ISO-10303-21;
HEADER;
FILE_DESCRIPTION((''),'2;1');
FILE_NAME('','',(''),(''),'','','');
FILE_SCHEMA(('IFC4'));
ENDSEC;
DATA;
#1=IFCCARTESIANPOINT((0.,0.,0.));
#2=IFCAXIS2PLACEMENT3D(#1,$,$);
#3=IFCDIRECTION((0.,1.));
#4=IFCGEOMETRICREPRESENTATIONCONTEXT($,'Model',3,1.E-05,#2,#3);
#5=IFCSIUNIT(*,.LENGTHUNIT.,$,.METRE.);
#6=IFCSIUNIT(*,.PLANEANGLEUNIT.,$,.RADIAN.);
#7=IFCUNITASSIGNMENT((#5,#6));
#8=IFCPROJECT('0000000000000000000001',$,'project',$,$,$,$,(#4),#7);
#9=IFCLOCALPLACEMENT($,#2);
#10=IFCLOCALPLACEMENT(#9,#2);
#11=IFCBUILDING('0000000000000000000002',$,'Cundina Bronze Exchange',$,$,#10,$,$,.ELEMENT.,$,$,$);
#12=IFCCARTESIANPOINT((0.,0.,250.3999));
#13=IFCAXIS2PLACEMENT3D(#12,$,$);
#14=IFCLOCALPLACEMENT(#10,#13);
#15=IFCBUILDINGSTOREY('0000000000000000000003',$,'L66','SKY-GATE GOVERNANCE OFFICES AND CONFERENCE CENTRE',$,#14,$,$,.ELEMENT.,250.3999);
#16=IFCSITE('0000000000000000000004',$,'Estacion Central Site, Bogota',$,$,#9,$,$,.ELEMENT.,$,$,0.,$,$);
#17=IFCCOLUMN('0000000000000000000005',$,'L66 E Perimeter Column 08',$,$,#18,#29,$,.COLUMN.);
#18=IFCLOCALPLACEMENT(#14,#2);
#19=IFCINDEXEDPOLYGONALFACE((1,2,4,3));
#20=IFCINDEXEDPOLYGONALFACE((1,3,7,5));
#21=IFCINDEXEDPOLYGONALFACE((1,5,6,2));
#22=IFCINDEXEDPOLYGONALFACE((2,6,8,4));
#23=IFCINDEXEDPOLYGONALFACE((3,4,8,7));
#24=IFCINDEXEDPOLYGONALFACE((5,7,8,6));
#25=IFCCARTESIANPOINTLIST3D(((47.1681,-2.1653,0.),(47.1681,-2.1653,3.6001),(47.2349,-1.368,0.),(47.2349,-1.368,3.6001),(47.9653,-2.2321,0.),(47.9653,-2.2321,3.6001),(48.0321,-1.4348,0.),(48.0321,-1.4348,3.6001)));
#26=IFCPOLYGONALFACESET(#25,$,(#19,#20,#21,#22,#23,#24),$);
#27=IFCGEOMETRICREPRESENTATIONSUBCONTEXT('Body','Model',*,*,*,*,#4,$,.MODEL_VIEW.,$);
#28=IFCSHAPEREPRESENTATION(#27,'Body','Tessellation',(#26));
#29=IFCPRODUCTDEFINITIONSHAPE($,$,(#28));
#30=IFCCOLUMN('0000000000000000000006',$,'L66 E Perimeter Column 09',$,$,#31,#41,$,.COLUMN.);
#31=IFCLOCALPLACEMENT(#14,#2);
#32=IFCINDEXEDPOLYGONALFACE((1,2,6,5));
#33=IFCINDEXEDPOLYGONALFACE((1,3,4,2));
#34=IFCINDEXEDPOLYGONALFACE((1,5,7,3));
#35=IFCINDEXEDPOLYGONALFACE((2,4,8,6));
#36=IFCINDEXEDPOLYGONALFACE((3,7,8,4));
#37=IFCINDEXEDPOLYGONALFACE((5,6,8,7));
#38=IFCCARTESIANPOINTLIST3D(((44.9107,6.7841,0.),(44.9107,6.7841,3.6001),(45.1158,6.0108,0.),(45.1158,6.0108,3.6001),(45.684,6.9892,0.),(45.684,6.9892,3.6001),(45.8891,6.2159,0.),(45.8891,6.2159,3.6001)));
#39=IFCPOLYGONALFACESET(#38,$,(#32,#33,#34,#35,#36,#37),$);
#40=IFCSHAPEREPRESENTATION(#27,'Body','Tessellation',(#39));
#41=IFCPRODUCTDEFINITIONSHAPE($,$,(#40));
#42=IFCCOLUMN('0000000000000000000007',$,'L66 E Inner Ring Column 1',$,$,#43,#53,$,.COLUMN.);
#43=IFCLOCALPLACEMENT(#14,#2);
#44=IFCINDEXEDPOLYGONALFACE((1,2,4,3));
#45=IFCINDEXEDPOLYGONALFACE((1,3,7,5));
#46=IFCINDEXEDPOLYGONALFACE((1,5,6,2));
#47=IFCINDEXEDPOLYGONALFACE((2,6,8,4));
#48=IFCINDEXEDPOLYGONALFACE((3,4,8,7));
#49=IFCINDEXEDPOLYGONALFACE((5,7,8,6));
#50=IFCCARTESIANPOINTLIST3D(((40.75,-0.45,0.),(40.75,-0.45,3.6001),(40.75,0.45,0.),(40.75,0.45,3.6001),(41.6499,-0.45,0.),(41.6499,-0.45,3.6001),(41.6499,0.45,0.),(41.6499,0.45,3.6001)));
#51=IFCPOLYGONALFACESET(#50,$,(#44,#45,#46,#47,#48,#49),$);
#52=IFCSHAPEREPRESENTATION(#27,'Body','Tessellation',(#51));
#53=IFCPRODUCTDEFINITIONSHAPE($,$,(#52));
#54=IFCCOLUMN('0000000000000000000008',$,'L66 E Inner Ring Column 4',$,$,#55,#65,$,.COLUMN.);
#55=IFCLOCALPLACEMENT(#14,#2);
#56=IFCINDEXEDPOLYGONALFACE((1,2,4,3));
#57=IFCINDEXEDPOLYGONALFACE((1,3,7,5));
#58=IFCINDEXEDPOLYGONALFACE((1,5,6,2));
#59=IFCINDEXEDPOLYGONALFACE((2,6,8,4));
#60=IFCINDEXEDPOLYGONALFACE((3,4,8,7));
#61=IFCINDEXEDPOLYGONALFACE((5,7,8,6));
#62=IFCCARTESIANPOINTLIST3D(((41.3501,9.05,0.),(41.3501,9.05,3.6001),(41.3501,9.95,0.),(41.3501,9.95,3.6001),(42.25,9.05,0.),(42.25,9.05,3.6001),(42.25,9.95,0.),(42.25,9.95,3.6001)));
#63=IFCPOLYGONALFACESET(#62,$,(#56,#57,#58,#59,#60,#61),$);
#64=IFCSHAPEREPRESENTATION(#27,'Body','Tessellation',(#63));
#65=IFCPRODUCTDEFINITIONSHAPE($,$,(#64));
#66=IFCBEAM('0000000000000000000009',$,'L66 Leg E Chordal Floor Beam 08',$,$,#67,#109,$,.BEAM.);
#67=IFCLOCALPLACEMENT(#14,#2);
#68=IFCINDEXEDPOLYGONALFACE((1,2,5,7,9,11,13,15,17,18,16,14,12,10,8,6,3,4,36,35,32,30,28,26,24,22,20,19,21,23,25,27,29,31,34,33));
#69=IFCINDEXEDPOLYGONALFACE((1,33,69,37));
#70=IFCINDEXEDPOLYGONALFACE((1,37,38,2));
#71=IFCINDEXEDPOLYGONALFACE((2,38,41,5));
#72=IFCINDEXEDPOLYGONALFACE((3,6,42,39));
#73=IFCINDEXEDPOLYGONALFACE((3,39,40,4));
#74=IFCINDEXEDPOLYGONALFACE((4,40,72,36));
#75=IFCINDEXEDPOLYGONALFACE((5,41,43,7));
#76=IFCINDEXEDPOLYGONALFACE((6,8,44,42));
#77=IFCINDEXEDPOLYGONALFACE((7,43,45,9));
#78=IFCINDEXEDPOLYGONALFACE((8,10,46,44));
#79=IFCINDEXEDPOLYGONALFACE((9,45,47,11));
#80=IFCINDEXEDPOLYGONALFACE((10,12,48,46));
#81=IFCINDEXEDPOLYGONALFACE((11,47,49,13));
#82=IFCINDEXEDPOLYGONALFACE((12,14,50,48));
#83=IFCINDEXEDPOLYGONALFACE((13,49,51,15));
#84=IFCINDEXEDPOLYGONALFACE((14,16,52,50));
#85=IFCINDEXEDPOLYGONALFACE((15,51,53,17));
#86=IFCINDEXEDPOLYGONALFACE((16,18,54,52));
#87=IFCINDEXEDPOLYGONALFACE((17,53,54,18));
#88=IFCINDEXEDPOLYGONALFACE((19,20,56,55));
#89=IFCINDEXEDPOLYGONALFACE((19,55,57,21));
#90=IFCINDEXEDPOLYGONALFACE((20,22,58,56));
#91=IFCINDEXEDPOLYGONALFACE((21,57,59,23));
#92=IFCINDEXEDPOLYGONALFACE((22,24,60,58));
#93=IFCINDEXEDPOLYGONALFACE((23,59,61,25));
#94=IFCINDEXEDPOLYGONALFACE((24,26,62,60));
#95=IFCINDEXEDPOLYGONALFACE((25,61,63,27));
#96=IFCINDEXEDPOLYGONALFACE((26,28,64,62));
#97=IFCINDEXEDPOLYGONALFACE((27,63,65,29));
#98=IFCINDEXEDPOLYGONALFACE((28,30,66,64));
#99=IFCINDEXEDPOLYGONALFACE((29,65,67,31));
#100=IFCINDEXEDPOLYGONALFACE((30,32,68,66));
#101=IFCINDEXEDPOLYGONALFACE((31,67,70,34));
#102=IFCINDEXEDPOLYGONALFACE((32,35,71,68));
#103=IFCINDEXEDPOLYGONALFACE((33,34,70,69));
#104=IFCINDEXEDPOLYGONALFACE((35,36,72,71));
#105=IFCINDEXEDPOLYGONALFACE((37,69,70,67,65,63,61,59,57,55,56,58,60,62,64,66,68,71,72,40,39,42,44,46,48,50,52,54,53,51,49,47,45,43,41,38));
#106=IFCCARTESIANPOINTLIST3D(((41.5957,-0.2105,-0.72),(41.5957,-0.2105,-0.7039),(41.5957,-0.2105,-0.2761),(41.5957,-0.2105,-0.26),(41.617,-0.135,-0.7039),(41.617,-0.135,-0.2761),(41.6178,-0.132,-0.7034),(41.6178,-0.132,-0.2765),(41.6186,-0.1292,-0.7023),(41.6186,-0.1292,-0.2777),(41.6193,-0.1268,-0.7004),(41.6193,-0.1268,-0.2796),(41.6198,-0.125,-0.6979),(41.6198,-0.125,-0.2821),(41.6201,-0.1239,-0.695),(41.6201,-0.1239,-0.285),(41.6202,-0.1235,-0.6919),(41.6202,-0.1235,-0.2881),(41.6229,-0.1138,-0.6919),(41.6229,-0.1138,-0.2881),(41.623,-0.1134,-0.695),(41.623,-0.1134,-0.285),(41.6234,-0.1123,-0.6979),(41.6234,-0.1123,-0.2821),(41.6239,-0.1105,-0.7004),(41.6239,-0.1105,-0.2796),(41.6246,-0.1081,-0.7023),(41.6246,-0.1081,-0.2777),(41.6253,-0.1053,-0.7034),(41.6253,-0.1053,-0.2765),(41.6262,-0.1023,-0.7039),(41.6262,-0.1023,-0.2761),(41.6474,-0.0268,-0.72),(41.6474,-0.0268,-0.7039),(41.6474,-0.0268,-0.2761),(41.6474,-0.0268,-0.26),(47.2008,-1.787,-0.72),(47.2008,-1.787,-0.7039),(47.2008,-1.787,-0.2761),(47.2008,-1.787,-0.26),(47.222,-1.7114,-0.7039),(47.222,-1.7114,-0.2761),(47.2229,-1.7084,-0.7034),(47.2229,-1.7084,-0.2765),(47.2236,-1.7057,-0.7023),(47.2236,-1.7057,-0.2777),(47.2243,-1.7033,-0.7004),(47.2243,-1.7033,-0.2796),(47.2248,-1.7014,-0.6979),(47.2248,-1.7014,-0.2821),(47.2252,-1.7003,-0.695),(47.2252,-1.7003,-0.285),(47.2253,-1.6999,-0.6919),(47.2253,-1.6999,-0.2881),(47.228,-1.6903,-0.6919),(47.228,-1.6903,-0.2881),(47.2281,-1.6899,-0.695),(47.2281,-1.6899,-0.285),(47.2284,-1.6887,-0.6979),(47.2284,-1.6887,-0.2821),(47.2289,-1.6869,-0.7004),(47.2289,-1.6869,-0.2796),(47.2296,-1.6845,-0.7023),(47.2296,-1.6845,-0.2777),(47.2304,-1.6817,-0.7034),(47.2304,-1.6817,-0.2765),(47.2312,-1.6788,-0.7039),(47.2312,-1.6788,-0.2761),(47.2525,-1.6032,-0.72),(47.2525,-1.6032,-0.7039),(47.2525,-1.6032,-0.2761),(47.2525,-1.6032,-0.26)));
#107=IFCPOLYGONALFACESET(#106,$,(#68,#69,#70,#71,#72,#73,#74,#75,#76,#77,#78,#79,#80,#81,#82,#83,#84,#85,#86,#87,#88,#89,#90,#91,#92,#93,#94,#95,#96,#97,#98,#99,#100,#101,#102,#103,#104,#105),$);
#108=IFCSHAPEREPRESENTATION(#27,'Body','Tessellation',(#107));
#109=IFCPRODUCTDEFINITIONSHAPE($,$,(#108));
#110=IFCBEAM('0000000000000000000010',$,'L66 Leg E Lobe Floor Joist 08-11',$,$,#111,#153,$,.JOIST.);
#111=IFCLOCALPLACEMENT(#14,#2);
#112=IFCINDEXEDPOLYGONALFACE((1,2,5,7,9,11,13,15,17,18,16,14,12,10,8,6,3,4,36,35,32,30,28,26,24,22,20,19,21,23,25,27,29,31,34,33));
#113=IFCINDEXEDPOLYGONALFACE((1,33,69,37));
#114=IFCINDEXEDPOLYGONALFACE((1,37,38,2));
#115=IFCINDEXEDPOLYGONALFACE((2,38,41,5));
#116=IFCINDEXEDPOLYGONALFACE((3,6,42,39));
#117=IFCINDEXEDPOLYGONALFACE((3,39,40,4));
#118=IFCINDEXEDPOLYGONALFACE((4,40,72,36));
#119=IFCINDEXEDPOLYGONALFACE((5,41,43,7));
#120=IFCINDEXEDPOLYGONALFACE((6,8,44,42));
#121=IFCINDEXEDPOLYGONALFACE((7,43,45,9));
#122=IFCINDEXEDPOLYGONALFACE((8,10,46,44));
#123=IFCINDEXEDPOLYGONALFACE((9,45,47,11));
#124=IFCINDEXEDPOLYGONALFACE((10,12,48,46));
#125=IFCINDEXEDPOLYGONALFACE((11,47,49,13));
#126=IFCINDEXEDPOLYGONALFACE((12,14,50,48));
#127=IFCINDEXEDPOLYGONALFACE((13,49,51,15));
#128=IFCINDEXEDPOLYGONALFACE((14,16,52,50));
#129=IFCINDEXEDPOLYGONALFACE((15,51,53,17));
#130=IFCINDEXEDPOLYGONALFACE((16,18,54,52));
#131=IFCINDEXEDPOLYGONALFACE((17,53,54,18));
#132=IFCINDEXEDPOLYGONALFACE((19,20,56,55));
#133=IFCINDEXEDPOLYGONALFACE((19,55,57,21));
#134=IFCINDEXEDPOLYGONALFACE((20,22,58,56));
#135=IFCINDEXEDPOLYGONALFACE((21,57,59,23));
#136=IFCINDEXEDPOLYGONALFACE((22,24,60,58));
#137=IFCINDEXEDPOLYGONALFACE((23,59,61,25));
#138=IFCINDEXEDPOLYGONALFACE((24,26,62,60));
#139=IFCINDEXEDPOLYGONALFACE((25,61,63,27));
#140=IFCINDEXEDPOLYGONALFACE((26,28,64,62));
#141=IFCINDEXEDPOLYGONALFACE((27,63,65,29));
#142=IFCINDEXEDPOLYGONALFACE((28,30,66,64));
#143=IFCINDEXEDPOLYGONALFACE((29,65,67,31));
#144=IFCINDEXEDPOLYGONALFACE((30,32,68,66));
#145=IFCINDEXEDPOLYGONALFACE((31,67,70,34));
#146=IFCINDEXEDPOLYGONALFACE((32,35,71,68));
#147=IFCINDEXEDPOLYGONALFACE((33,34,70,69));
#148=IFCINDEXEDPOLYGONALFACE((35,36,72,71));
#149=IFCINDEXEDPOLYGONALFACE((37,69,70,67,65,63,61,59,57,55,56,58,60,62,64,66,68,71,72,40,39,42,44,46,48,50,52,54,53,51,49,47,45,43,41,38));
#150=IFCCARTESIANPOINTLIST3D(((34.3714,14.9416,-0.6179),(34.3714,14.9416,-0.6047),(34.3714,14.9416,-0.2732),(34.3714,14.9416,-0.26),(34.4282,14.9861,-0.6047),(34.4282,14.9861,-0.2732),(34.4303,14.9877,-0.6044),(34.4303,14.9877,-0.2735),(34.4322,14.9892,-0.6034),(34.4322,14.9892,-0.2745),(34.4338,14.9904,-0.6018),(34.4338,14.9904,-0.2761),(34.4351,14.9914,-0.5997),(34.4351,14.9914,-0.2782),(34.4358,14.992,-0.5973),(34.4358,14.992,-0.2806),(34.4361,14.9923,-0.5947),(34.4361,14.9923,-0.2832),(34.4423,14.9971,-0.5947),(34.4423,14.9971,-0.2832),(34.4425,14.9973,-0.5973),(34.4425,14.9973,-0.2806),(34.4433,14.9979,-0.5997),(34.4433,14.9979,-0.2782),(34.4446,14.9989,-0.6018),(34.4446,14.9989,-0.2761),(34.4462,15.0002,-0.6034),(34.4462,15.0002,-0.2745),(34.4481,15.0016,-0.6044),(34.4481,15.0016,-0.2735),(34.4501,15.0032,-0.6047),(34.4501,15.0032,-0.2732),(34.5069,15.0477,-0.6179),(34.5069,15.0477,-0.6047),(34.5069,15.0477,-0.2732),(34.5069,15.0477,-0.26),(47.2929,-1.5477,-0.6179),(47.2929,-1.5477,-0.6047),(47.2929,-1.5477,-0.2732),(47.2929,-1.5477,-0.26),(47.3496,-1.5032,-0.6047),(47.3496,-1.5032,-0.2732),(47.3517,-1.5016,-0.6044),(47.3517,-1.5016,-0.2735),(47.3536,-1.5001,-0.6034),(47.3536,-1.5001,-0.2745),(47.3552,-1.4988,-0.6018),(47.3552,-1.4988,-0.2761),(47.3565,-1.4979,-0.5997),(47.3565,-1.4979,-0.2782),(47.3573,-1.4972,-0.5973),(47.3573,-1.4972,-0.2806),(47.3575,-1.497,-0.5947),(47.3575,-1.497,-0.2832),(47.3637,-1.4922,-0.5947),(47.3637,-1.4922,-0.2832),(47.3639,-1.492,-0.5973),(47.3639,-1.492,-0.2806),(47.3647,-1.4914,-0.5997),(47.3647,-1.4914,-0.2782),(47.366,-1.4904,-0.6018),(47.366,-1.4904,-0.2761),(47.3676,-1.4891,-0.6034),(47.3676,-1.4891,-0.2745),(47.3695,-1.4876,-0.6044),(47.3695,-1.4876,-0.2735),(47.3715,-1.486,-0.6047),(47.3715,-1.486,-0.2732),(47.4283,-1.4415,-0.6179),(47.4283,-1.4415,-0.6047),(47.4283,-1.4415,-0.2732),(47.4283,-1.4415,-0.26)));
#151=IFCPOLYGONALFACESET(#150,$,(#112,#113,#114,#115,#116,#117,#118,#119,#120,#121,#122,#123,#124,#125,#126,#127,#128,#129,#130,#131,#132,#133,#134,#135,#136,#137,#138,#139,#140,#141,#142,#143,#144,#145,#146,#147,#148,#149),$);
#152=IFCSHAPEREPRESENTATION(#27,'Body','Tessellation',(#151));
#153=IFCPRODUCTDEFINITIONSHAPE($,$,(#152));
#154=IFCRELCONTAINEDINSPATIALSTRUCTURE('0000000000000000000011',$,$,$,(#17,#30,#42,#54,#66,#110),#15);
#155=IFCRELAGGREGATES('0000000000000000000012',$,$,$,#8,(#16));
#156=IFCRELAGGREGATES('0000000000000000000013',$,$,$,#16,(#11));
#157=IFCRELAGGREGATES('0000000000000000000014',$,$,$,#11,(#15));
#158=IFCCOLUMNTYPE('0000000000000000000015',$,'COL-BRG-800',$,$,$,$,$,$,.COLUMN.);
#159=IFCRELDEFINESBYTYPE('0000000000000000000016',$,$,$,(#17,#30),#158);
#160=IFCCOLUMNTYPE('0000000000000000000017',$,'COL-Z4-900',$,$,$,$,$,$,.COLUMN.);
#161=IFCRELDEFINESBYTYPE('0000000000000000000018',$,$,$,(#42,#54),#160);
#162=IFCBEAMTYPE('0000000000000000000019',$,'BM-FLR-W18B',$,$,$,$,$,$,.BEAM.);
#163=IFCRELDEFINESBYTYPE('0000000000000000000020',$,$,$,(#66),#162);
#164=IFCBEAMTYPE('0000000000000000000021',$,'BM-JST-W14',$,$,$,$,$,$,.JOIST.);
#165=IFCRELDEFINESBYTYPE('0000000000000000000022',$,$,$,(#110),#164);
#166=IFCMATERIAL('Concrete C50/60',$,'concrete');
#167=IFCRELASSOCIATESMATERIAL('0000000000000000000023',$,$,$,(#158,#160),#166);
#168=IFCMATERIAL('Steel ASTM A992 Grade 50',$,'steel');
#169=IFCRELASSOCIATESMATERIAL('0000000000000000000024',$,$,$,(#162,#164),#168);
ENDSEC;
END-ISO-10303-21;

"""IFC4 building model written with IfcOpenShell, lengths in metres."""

from ifc_helpers import new_model, si_unit, direction, frame, origin, origin_2d, place, context, subcontext, project, spatial, rectangle, i_section, extrude, material, material_profile, profile_set, type_object, element, save


model = new_model("IFC4")

# Units and contexts
model_context = context("Model", 3, precision=1e-05, world=origin(), true_north=direction((0.0, 1.0)))
body_context = subcontext(model_context, "Body", "Model", "MODEL_VIEW")
ifc_project = project(units=[si_unit("LENGTHUNIT", "METRE"), si_unit("PLANEANGLEUNIT", "RADIAN")], contexts=[model_context])

# Site, building, storey
site_placement = place(None, origin())
site = spatial("IfcSite", under=ifc_project, at=site_placement, Name="Estacion Central Site, Bogota", CompositionType="ELEMENT", RefElevation=0.0)
building_placement = place(site_placement, origin())
building = spatial("IfcBuilding", under=site, at=building_placement, Name="Cundina Bronze Exchange", CompositionType="ELEMENT")
storey_placement = place(building_placement, frame((0.0, 0.0, 250.3999)))
storey = spatial("IfcBuildingStorey", under=building, at=storey_placement, Name="L66", Description="SKY-GATE GOVERNANCE OFFICES AND CONFERENCE CENTRE", CompositionType="ELEMENT", Elevation=250.3999)

# Columns
ifc_material_1 = material(Name="Concrete C50/60", Category="concrete")
ifc_material_profile_1 = material_profile(ifc_material_1, rectangle(XDim=0.8, YDim=0.8, at=origin_2d()), Name="RC800X800", Category="concrete")
ifc_profile_set_1 = profile_set([ifc_material_profile_1], Name="Concrete C50/60")
column_type_1 = type_object("IfcColumnType", Name="COL-BRG-800", PredefinedType="COLUMN", material=ifc_profile_set_1)
for number, where, z_axis, x_axis, name in (
    (1, (47.6001, -1.8, 0.0), (0.0, 0.0, 1.0), (0.083504, 0.996507, 0.0), "L66 E Perimeter Column 08"),
    (2, (45.3999, 6.5, 0.0), (0.0, 0.0, 1.0), (-0.256289, 0.9666, 0.0), "L66 E Perimeter Column 09"),
):
    element("IfcColumn", number, at=place(storey_placement, frame(where, z_axis=z_axis, x_axis=x_axis)), inside=storey, type_object=column_type_1, Name=name, PredefinedType="COLUMN", context=body_context, shape_type="SweptSolid", body=[
        extrude(rectangle(XDim=0.8, YDim=0.8, at=origin_2d()), origin(), (0.0, 0.0, 1.0), 3.6001),
    ])
ifc_material_profile_2 = material_profile(ifc_material_1, rectangle(XDim=0.8999, YDim=0.8999, at=origin_2d()), Name="RC900X900", Category="concrete")
ifc_profile_set_2 = profile_set([ifc_material_profile_2], Name="Concrete C50/60")
column_type_2 = type_object("IfcColumnType", Name="COL-Z4-900", PredefinedType="COLUMN", material=ifc_profile_set_2)
for number, where, z_axis, x_axis, name in (
    (3, (41.2, 0.0, 0.0), (0.0, 0.0, 1.0), (1.0, 0.0, 0.0), "L66 E Inner Ring Column 1"),
    (4, (41.8, 9.5, 0.0), (0.0, 0.0, 1.0), (1.0, 0.0, 0.0), "L66 E Inner Ring Column 4"),
):
    element("IfcColumn", number, at=place(storey_placement, frame(where, z_axis=z_axis, x_axis=x_axis)), inside=storey, type_object=column_type_2, Name=name, PredefinedType="COLUMN", context=body_context, shape_type="SweptSolid", body=[
        extrude(rectangle(XDim=0.8999, YDim=0.8999, at=origin_2d()), origin(), (0.0, 0.0, 1.0), 3.6001),
    ])

# Beams
ifc_material_2 = material(Name="Steel ASTM A992 Grade 50", Category="steel")
ifc_material_profile_3 = material_profile(ifc_material_2, i_section(OverallWidth=0.1909, OverallDepth=0.46, WebThickness=0.01, FlangeThickness=0.0161, FilletRadius=0.012, at=origin_2d()), Name="W18X55", Category="steel")
ifc_profile_set_3 = profile_set([ifc_material_profile_3], Name="Steel ASTM A992 Grade 50")
beam_type_1 = type_object("IfcBeamType", Name="BM-FLR-W18B", PredefinedType="BEAM", material=ifc_profile_set_3)
beam_1_placement = place(storey_placement, frame((41.6216, -0.1187, -0.49), z_axis=(0.96265, -0.270748, 0.0), x_axis=(0.270748, 0.96265, 0.0)))
element("IfcBeam", 5, at=beam_1_placement, inside=storey, type_object=beam_type_1, Name="L66 Leg E Chordal Floor Beam 08", PredefinedType="BEAM", context=body_context, shape_type="SweptSolid", body=[
    extrude(i_section(OverallWidth=0.1909, OverallDepth=0.46, WebThickness=0.01, FlangeThickness=0.0161, FilletRadius=0.012, at=origin_2d()), origin(), (0.0, 0.0, 1.0), 5.8225),
])
ifc_material_profile_4 = material_profile(ifc_material_2, i_section(OverallWidth=0.1721, OverallDepth=0.3579, WebThickness=0.0078, FlangeThickness=0.0132, FilletRadius=0.01, at=origin_2d()), Name="W14X38", Category="steel")
ifc_profile_set_4 = profile_set([ifc_material_profile_4], Name="Steel ASTM A992 Grade 50")
beam_type_2 = type_object("IfcBeamType", Name="BM-JST-W14", PredefinedType="JOIST", material=ifc_profile_set_4)
beam_2_placement = place(storey_placement, frame((47.3606, -1.4946, -0.439), z_axis=(-0.616804, 0.787117, 0.0), x_axis=(-0.787117, -0.616804, 0.0)))
element("IfcBeam", 6, at=beam_2_placement, inside=storey, type_object=beam_type_2, Name="L66 Leg E Lobe Floor Joist 08-11", PredefinedType="JOIST", context=body_context, shape_type="SweptSolid", body=[
    extrude(i_section(OverallWidth=0.1721, OverallDepth=0.3579, WebThickness=0.0078, FlangeThickness=0.0132, FilletRadius=0.01, at=origin_2d()), origin(), (0.0, 0.0, 1.0), 20.949),
])

save(model, "model.ifc")
